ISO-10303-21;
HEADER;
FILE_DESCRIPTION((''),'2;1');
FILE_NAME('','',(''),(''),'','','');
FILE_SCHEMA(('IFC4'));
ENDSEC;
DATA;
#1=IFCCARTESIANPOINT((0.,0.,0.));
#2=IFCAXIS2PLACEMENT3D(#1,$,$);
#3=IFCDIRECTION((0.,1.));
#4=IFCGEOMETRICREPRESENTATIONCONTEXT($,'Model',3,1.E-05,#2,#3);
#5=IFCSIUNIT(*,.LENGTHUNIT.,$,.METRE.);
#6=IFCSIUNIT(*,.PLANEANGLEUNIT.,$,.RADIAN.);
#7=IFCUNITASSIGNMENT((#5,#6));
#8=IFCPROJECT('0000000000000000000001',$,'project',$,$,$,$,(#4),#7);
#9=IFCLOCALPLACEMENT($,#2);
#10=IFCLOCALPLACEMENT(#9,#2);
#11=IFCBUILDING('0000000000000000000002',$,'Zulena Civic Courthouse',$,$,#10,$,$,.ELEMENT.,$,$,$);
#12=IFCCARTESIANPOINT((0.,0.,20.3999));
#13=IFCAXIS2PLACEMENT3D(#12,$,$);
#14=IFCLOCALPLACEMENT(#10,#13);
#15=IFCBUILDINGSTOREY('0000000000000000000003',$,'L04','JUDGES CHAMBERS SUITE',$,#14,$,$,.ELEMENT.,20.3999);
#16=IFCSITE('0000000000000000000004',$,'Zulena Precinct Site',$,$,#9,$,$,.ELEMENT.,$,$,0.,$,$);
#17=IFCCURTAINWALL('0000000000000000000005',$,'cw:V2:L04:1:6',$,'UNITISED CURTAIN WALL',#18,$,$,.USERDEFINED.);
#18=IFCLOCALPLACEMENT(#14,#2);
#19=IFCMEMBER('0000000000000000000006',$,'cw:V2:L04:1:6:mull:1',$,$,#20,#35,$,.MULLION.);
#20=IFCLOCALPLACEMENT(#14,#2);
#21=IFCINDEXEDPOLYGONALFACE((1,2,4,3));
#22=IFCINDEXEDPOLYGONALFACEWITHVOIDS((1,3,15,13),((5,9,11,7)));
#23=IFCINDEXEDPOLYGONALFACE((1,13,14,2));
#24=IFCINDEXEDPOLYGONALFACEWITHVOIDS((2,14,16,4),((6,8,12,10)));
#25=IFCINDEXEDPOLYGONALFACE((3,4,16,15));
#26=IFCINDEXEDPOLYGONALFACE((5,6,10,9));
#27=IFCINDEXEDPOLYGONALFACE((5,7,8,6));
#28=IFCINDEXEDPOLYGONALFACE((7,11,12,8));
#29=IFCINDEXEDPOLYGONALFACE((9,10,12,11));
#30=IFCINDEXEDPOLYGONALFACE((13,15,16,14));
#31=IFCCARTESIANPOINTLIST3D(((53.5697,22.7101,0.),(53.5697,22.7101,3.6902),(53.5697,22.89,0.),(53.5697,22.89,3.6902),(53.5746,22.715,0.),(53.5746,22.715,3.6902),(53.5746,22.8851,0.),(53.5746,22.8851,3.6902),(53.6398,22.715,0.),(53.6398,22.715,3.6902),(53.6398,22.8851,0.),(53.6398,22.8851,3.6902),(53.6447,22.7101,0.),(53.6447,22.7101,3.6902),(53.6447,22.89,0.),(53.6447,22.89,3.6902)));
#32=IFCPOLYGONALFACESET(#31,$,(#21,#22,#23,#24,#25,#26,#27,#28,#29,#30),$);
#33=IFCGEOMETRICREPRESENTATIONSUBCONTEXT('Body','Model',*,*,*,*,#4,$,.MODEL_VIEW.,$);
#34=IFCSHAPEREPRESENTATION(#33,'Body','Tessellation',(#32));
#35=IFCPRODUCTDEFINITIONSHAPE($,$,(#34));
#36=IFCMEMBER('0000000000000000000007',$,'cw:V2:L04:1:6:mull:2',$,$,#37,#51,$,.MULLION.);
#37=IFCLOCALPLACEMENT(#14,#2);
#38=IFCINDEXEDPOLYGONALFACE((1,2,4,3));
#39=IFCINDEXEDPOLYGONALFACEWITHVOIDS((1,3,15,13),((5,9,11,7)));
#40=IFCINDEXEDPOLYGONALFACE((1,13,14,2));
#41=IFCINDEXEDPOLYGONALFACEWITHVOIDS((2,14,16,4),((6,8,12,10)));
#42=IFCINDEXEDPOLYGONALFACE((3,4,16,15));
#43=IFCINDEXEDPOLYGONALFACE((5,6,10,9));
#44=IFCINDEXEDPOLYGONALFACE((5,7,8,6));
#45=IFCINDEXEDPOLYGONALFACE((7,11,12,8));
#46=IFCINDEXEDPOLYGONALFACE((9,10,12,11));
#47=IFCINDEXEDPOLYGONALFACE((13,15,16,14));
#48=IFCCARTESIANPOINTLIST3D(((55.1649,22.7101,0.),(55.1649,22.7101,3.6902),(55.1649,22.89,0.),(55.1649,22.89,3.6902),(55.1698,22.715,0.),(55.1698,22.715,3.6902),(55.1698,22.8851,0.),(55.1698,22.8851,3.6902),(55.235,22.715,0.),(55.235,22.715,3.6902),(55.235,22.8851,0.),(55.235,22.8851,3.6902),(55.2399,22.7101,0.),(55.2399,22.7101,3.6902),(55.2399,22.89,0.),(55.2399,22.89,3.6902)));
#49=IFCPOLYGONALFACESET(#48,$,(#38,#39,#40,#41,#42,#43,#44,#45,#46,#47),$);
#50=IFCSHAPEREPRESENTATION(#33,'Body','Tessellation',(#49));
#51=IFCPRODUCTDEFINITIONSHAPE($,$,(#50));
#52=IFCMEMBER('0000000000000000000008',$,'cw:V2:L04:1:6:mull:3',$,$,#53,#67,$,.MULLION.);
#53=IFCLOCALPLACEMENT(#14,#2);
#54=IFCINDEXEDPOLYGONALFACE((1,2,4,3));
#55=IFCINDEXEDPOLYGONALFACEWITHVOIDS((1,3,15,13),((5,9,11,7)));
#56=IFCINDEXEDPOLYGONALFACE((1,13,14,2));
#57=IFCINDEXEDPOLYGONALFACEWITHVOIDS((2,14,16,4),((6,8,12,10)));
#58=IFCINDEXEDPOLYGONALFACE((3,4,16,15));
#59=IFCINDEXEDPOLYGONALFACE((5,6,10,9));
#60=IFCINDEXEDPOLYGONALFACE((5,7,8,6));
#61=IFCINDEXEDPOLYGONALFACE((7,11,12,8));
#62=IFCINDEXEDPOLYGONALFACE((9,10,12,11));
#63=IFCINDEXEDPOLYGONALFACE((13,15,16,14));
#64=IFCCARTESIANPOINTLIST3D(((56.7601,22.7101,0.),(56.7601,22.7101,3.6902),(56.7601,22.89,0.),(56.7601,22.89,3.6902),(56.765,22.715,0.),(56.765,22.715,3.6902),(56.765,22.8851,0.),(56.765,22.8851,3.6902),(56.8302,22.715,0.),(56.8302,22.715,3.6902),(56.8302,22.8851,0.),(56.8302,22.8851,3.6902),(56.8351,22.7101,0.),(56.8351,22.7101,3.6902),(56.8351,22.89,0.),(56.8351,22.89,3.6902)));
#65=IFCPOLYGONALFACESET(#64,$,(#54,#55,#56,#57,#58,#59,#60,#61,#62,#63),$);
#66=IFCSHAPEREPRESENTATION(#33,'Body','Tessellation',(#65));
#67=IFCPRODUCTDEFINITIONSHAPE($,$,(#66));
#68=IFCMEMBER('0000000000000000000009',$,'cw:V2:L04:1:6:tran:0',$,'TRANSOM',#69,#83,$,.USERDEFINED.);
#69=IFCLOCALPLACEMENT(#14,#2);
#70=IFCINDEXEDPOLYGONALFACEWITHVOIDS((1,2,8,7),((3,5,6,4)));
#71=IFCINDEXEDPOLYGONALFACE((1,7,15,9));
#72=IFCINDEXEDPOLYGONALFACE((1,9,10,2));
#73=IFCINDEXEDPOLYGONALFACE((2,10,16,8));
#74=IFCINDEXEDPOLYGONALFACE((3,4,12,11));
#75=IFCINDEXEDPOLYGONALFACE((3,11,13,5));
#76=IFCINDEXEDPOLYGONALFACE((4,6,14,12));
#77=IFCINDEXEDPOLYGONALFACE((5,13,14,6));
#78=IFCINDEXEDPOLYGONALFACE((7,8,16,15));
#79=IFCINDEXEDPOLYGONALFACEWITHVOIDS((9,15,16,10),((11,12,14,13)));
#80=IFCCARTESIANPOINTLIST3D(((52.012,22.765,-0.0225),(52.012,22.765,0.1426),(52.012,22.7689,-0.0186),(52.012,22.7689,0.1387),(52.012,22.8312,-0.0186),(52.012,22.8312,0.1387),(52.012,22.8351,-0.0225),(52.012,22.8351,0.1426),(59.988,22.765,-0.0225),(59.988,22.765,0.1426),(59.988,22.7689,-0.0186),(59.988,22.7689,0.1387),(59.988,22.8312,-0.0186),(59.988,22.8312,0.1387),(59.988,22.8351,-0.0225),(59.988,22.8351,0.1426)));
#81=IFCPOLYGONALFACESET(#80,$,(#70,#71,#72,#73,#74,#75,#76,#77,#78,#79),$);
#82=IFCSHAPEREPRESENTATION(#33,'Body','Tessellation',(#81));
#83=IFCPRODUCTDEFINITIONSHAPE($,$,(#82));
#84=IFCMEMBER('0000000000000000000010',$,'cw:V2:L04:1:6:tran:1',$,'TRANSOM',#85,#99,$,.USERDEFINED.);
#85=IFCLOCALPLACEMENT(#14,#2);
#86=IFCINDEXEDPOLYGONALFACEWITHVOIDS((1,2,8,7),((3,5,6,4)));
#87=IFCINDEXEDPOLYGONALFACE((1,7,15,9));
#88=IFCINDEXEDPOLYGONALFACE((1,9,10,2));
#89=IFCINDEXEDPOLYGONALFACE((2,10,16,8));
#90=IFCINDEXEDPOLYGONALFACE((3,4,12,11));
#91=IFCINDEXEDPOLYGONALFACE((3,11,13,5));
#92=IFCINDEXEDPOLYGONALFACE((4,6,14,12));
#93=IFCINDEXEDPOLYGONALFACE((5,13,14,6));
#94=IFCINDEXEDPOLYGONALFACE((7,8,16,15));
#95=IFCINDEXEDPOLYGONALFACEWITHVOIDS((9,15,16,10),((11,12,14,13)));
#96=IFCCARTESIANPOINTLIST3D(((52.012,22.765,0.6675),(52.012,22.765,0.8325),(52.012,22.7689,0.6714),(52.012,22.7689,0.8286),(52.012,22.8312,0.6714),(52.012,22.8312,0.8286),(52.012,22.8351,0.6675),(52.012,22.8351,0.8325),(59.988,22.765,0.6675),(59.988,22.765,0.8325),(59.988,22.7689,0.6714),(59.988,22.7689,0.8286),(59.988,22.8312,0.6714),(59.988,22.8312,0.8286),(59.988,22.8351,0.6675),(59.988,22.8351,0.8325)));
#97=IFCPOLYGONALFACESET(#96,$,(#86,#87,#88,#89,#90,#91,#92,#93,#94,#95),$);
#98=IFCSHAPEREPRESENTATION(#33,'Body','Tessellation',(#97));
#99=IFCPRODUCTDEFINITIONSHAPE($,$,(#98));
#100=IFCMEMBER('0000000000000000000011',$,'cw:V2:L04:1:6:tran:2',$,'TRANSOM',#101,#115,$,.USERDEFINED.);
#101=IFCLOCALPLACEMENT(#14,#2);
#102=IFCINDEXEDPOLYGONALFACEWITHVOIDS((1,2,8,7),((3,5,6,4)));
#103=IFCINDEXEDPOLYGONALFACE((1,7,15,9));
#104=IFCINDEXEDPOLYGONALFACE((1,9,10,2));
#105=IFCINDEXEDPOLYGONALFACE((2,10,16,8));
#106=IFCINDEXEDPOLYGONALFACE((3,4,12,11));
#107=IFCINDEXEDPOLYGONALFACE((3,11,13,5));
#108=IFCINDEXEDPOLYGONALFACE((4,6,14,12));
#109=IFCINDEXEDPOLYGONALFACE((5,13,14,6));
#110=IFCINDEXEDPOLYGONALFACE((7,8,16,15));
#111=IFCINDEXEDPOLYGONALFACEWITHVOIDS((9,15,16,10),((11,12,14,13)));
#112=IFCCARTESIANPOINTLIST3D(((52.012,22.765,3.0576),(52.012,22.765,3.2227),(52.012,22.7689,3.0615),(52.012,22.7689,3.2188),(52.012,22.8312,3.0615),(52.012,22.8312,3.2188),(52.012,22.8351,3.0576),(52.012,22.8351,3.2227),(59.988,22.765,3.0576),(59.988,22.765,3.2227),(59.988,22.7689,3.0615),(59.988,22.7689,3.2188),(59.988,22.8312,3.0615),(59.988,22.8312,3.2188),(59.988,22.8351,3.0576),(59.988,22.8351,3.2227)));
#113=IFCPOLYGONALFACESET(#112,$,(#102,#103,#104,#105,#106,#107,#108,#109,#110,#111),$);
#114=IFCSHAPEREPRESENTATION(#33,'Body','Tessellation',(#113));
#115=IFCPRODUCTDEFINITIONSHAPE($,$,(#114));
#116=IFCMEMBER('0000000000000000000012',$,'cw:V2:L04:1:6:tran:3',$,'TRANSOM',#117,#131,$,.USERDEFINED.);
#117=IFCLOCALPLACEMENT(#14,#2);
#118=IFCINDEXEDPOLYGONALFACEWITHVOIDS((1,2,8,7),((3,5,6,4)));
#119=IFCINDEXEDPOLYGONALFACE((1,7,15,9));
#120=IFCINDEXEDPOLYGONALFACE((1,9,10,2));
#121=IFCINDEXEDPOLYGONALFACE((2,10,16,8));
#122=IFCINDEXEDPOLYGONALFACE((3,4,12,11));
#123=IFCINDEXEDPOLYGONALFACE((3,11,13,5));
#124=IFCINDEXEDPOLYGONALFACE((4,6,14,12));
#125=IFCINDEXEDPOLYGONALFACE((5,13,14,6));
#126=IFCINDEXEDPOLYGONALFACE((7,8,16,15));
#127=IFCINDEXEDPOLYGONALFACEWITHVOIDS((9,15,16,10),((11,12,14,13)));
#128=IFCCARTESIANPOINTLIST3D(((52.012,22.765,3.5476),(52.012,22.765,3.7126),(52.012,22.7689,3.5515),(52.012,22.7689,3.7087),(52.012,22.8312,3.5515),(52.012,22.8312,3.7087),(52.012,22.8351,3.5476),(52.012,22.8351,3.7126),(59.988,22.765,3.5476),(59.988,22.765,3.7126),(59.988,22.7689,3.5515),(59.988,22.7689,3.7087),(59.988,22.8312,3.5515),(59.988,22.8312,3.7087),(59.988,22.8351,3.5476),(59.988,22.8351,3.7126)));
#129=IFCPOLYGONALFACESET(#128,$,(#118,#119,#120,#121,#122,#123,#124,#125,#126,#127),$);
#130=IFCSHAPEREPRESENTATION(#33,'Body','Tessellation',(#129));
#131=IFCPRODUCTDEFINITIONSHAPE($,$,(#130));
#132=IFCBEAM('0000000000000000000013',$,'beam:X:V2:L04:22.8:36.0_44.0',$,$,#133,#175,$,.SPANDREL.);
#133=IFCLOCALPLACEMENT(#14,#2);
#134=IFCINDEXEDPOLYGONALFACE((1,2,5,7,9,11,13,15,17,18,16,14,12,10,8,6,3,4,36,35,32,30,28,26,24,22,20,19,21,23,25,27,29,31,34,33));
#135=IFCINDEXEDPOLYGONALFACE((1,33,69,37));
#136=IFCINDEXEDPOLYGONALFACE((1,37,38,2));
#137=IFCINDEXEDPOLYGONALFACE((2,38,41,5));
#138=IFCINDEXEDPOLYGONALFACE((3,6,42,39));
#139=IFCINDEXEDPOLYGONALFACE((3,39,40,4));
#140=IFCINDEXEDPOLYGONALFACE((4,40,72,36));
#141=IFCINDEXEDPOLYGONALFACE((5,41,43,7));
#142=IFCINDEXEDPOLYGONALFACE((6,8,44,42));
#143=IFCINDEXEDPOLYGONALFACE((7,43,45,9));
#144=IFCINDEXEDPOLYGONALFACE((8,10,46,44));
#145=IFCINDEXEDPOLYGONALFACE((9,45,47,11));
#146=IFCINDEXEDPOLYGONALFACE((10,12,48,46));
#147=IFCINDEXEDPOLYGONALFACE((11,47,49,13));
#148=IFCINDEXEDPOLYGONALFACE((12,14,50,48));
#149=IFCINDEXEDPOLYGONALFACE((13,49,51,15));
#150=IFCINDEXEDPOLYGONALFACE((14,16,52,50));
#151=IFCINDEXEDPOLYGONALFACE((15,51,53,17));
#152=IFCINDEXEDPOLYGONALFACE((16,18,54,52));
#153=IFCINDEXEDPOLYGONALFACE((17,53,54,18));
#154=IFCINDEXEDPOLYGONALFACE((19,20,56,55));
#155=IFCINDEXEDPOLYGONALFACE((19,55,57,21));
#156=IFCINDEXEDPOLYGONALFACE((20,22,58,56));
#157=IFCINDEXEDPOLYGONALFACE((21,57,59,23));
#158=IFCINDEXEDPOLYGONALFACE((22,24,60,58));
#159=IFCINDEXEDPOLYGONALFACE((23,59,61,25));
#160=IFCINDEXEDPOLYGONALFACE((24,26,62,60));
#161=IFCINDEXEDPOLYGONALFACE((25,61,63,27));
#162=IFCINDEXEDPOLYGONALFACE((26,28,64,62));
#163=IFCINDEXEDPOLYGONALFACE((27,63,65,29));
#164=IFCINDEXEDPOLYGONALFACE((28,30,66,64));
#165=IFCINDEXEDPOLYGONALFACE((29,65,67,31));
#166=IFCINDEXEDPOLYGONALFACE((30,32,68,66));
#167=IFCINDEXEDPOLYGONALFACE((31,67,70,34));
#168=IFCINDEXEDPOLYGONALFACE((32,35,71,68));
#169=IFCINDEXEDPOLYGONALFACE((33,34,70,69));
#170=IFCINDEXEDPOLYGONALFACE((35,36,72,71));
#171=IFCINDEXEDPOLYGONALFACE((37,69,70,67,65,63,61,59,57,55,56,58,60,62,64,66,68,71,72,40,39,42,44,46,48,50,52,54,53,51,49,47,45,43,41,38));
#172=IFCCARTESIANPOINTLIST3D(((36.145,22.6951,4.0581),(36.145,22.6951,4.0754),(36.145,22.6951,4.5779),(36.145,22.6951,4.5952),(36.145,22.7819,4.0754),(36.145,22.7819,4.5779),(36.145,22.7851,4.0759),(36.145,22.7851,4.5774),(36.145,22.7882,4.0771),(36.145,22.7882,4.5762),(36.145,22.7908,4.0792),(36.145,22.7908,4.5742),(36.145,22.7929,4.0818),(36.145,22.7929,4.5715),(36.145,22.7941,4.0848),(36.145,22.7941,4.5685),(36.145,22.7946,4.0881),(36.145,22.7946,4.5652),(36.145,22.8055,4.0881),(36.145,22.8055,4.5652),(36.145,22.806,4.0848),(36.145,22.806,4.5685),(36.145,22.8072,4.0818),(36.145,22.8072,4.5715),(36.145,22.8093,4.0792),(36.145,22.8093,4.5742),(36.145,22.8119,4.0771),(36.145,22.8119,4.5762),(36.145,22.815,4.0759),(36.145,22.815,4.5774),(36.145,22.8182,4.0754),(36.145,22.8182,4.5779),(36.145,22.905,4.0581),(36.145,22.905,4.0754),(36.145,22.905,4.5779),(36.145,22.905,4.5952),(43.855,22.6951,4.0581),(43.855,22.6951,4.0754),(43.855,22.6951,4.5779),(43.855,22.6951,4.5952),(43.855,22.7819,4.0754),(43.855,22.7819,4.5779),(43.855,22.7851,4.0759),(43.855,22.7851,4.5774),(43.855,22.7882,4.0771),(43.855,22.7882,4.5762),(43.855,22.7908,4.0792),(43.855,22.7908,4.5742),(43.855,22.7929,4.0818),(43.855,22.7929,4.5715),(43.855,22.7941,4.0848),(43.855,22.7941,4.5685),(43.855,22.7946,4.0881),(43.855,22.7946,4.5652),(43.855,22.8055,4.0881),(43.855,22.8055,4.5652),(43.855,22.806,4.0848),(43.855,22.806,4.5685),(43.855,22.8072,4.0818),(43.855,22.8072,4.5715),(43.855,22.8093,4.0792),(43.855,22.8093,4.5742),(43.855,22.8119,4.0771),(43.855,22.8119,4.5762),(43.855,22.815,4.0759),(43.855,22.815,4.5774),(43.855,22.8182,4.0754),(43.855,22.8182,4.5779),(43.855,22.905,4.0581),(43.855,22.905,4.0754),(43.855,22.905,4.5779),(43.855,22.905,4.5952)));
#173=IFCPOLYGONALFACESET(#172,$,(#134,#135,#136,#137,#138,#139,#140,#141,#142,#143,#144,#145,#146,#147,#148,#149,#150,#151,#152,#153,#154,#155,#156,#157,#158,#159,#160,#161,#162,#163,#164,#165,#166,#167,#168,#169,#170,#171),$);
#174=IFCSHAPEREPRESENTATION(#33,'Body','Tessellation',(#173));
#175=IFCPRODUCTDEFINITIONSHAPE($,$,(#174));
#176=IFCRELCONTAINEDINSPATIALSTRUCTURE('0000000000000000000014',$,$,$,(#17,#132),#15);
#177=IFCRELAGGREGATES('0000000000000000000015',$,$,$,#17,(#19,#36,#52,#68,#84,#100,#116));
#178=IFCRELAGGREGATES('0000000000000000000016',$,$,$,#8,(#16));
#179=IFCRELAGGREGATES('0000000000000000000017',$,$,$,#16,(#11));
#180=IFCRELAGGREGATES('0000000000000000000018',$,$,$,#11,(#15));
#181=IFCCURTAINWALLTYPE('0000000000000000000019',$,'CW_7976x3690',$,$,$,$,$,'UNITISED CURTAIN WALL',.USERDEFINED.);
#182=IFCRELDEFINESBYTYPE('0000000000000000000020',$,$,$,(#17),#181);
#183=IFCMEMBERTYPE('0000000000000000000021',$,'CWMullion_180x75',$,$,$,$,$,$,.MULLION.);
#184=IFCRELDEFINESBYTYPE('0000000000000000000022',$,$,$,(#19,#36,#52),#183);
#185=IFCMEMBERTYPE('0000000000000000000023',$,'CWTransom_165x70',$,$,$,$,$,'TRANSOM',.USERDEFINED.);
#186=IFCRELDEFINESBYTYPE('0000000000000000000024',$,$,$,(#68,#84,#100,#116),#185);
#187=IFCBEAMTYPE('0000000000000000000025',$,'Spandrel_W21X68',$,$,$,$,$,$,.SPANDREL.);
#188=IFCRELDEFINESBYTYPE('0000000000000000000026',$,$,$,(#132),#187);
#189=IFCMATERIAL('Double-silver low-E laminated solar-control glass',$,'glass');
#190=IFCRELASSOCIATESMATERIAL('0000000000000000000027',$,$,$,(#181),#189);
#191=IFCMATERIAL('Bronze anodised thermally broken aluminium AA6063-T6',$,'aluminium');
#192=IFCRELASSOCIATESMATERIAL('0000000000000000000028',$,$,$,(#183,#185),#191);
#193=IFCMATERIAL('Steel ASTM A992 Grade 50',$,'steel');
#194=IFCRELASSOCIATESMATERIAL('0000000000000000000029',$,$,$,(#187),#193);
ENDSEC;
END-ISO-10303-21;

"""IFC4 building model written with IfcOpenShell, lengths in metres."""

from ifc_helpers import new_model, si_unit, direction, frame, origin, origin_2d, place, context, subcontext, project, spatial, hollow_rectangle, i_section, extrude, material, material_profile, profile_set, type_object, element, aggregate, save


model = new_model("IFC4")

# Units and contexts
model_context = context("Model", 3, precision=1e-05, world=origin(), true_north=direction((0.0, 1.0)))
body_context = subcontext(model_context, "Body", "Model", "MODEL_VIEW")
ifc_project = project(units=[si_unit("LENGTHUNIT", "METRE"), si_unit("PLANEANGLEUNIT", "RADIAN")], contexts=[model_context])

# Site, building, storey
site_placement = place(None, origin())
site = spatial("IfcSite", under=ifc_project, at=site_placement, Name="Zulena Precinct Site", CompositionType="ELEMENT", RefElevation=0.0)
building_placement = place(site_placement, origin())
building = spatial("IfcBuilding", under=site, at=building_placement, Name="Zulena Civic Courthouse", CompositionType="ELEMENT")
storey_placement = place(building_placement, frame((0.0, 0.0, 20.3999)))
storey = spatial("IfcBuildingStorey", under=building, at=storey_placement, Name="L04", Description="JUDGES CHAMBERS SUITE", CompositionType="ELEMENT", Elevation=20.3999)

# Shared definitions
ifc_material_1 = material(Name="Steel ASTM A992 Grade 50", Category="steel")

# Curtain wall, members
ifc_material_2 = material(Name="Double-silver low-E laminated solar-control glass", Category="glass")
curtain_wall_type = type_object("IfcCurtainWallType", Name="CW_7976x3690", ElementType="UNITISED CURTAIN WALL", PredefinedType="USERDEFINED", material=ifc_material_2)
curtain_wall_placement = place(storey_placement, origin())
curtain_wall = element("IfcCurtainWall", 1, at=curtain_wall_placement, inside=storey, type_object=curtain_wall_type, Name="cw:V2:L04:1:6", ObjectType="UNITISED CURTAIN WALL", PredefinedType="USERDEFINED")
ifc_material_3 = material(Name="Bronze anodised thermally broken aluminium AA6063-T6", Category="aluminium")
ifc_material_profile_1 = material_profile(ifc_material_3, hollow_rectangle(XDim=0.075, YDim=0.1799, WallThickness=0.0049, at=origin_2d()), Name="CWM180X75X5")
ifc_profile_set_1 = profile_set([ifc_material_profile_1], Name="Bronze anodised thermally broken aluminium AA6063-T6")
member_type_1 = type_object("IfcMemberType", Name="CWMullion_180x75", PredefinedType="MULLION", material=ifc_profile_set_1)
member_1_placement = place(storey_placement, frame((53.6072, 22.8, 0.0), z_axis=(0.0, 0.0, 1.0), x_axis=(1.0, 0.0, 0.0)))
member_1 = element("IfcMember", 2, at=member_1_placement, type_object=member_type_1, Name="cw:V2:L04:1:6:mull:1", PredefinedType="MULLION", context=body_context, shape_type="SweptSolid", body=[
    extrude(hollow_rectangle(XDim=0.075, YDim=0.1799, WallThickness=0.0049, at=origin_2d()), origin(), (0.0, 0.0, 1.0), 3.6902),
])
member_2_placement = place(storey_placement, frame((55.2024, 22.8, 0.0), z_axis=(0.0, 0.0, 1.0), x_axis=(1.0, 0.0, 0.0)))
member_2 = element("IfcMember", 3, at=member_2_placement, type_object=member_type_1, Name="cw:V2:L04:1:6:mull:2", PredefinedType="MULLION", context=body_context, shape_type="SweptSolid", body=[
    extrude(hollow_rectangle(XDim=0.075, YDim=0.1799, WallThickness=0.0049, at=origin_2d()), origin(), (0.0, 0.0, 1.0), 3.6902),
])
member_3_placement = place(storey_placement, frame((56.7976, 22.8, 0.0), z_axis=(0.0, 0.0, 1.0), x_axis=(1.0, 0.0, 0.0)))
member_3 = element("IfcMember", 4, at=member_3_placement, type_object=member_type_1, Name="cw:V2:L04:1:6:mull:3", PredefinedType="MULLION", context=body_context, shape_type="SweptSolid", body=[
    extrude(hollow_rectangle(XDim=0.075, YDim=0.1799, WallThickness=0.0049, at=origin_2d()), origin(), (0.0, 0.0, 1.0), 3.6902),
])
ifc_material_profile_2 = material_profile(ifc_material_3, hollow_rectangle(XDim=0.0701, YDim=0.165, WallThickness=0.0039, at=origin_2d()), Name="CWT165X70X4")
ifc_profile_set_2 = profile_set([ifc_material_profile_2], Name="Bronze anodised thermally broken aluminium AA6063-T6")
member_type_2 = type_object("IfcMemberType", Name="CWTransom_165x70", ElementType="TRANSOM", PredefinedType="USERDEFINED", material=ifc_profile_set_2)
member_4_placement = place(storey_placement, frame((52.012, 22.8, 0.0601), z_axis=(1.0, 0.0, 0.0), x_axis=(0.0, 1.0, 0.0)))
member_4 = element("IfcMember", 5, at=member_4_placement, type_object=member_type_2, Name="cw:V2:L04:1:6:tran:0", ObjectType="TRANSOM", PredefinedType="USERDEFINED", context=body_context, shape_type="SweptSolid", body=[
    extrude(hollow_rectangle(XDim=0.0701, YDim=0.165, WallThickness=0.0039, at=origin_2d()), origin(), (0.0, 0.0, 1.0), 7.9761),
])
member_5_placement = place(storey_placement, frame((52.012, 22.8, 0.75), z_axis=(1.0, 0.0, 0.0), x_axis=(0.0, 1.0, 0.0)))
member_5 = element("IfcMember", 6, at=member_5_placement, type_object=member_type_2, Name="cw:V2:L04:1:6:tran:1", ObjectType="TRANSOM", PredefinedType="USERDEFINED", context=body_context, shape_type="SweptSolid", body=[
    extrude(hollow_rectangle(XDim=0.0701, YDim=0.165, WallThickness=0.0039, at=origin_2d()), origin(), (0.0, 0.0, 1.0), 7.9761),
])
member_6_placement = place(storey_placement, frame((52.012, 22.8, 3.1401), z_axis=(1.0, 0.0, 0.0), x_axis=(0.0, 1.0, 0.0)))
member_6 = element("IfcMember", 7, at=member_6_placement, type_object=member_type_2, Name="cw:V2:L04:1:6:tran:2", ObjectType="TRANSOM", PredefinedType="USERDEFINED", context=body_context, shape_type="SweptSolid", body=[
    extrude(hollow_rectangle(XDim=0.0701, YDim=0.165, WallThickness=0.0039, at=origin_2d()), origin(), (0.0, 0.0, 1.0), 7.9761),
])
member_7_placement = place(storey_placement, frame((52.012, 22.8, 3.6301), z_axis=(1.0, 0.0, 0.0), x_axis=(0.0, 1.0, 0.0)))
member_7 = element("IfcMember", 8, at=member_7_placement, type_object=member_type_2, Name="cw:V2:L04:1:6:tran:3", ObjectType="TRANSOM", PredefinedType="USERDEFINED", context=body_context, shape_type="SweptSolid", body=[
    extrude(hollow_rectangle(XDim=0.0701, YDim=0.165, WallThickness=0.0039, at=origin_2d()), origin(), (0.0, 0.0, 1.0), 7.9761),
])

# Beam
ifc_material_profile_3 = material_profile(ifc_material_1, i_section(OverallWidth=0.21, OverallDepth=0.5371, WebThickness=0.011, FlangeThickness=0.0173, FilletRadius=0.0127, at=origin_2d()), Name="W21X68")
ifc_profile_set_3 = profile_set([ifc_material_profile_3], Name="Steel ASTM A992 Grade 50")
beam_type = type_object("IfcBeamType", Name="Spandrel_W21X68", PredefinedType="SPANDREL", material=ifc_profile_set_3)
for number, where, z_axis, x_axis, name in (
    (9, (36.145, 22.8, 4.3267), (1.0, 0.0, 0.0), (0.0, 1.0, 0.0), "beam:X:V2:L04:22.8:36.0_44.0"),
):
    element("IfcBeam", number, at=place(storey_placement, frame(where, z_axis=z_axis, x_axis=x_axis)), inside=storey, type_object=beam_type, Name=name, PredefinedType="SPANDREL", context=body_context, shape_type="SweptSolid", body=[
        extrude(i_section(OverallWidth=0.21, OverallDepth=0.5371, WebThickness=0.011, FlangeThickness=0.0173, FilletRadius=0.0127, at=origin_2d()), origin(), (0.0, 0.0, 1.0), 7.71),
    ])

aggregate(curtain_wall, [member_1, member_2, member_3, member_4, member_5, member_6, member_7])

save(model, "model.ifc")
